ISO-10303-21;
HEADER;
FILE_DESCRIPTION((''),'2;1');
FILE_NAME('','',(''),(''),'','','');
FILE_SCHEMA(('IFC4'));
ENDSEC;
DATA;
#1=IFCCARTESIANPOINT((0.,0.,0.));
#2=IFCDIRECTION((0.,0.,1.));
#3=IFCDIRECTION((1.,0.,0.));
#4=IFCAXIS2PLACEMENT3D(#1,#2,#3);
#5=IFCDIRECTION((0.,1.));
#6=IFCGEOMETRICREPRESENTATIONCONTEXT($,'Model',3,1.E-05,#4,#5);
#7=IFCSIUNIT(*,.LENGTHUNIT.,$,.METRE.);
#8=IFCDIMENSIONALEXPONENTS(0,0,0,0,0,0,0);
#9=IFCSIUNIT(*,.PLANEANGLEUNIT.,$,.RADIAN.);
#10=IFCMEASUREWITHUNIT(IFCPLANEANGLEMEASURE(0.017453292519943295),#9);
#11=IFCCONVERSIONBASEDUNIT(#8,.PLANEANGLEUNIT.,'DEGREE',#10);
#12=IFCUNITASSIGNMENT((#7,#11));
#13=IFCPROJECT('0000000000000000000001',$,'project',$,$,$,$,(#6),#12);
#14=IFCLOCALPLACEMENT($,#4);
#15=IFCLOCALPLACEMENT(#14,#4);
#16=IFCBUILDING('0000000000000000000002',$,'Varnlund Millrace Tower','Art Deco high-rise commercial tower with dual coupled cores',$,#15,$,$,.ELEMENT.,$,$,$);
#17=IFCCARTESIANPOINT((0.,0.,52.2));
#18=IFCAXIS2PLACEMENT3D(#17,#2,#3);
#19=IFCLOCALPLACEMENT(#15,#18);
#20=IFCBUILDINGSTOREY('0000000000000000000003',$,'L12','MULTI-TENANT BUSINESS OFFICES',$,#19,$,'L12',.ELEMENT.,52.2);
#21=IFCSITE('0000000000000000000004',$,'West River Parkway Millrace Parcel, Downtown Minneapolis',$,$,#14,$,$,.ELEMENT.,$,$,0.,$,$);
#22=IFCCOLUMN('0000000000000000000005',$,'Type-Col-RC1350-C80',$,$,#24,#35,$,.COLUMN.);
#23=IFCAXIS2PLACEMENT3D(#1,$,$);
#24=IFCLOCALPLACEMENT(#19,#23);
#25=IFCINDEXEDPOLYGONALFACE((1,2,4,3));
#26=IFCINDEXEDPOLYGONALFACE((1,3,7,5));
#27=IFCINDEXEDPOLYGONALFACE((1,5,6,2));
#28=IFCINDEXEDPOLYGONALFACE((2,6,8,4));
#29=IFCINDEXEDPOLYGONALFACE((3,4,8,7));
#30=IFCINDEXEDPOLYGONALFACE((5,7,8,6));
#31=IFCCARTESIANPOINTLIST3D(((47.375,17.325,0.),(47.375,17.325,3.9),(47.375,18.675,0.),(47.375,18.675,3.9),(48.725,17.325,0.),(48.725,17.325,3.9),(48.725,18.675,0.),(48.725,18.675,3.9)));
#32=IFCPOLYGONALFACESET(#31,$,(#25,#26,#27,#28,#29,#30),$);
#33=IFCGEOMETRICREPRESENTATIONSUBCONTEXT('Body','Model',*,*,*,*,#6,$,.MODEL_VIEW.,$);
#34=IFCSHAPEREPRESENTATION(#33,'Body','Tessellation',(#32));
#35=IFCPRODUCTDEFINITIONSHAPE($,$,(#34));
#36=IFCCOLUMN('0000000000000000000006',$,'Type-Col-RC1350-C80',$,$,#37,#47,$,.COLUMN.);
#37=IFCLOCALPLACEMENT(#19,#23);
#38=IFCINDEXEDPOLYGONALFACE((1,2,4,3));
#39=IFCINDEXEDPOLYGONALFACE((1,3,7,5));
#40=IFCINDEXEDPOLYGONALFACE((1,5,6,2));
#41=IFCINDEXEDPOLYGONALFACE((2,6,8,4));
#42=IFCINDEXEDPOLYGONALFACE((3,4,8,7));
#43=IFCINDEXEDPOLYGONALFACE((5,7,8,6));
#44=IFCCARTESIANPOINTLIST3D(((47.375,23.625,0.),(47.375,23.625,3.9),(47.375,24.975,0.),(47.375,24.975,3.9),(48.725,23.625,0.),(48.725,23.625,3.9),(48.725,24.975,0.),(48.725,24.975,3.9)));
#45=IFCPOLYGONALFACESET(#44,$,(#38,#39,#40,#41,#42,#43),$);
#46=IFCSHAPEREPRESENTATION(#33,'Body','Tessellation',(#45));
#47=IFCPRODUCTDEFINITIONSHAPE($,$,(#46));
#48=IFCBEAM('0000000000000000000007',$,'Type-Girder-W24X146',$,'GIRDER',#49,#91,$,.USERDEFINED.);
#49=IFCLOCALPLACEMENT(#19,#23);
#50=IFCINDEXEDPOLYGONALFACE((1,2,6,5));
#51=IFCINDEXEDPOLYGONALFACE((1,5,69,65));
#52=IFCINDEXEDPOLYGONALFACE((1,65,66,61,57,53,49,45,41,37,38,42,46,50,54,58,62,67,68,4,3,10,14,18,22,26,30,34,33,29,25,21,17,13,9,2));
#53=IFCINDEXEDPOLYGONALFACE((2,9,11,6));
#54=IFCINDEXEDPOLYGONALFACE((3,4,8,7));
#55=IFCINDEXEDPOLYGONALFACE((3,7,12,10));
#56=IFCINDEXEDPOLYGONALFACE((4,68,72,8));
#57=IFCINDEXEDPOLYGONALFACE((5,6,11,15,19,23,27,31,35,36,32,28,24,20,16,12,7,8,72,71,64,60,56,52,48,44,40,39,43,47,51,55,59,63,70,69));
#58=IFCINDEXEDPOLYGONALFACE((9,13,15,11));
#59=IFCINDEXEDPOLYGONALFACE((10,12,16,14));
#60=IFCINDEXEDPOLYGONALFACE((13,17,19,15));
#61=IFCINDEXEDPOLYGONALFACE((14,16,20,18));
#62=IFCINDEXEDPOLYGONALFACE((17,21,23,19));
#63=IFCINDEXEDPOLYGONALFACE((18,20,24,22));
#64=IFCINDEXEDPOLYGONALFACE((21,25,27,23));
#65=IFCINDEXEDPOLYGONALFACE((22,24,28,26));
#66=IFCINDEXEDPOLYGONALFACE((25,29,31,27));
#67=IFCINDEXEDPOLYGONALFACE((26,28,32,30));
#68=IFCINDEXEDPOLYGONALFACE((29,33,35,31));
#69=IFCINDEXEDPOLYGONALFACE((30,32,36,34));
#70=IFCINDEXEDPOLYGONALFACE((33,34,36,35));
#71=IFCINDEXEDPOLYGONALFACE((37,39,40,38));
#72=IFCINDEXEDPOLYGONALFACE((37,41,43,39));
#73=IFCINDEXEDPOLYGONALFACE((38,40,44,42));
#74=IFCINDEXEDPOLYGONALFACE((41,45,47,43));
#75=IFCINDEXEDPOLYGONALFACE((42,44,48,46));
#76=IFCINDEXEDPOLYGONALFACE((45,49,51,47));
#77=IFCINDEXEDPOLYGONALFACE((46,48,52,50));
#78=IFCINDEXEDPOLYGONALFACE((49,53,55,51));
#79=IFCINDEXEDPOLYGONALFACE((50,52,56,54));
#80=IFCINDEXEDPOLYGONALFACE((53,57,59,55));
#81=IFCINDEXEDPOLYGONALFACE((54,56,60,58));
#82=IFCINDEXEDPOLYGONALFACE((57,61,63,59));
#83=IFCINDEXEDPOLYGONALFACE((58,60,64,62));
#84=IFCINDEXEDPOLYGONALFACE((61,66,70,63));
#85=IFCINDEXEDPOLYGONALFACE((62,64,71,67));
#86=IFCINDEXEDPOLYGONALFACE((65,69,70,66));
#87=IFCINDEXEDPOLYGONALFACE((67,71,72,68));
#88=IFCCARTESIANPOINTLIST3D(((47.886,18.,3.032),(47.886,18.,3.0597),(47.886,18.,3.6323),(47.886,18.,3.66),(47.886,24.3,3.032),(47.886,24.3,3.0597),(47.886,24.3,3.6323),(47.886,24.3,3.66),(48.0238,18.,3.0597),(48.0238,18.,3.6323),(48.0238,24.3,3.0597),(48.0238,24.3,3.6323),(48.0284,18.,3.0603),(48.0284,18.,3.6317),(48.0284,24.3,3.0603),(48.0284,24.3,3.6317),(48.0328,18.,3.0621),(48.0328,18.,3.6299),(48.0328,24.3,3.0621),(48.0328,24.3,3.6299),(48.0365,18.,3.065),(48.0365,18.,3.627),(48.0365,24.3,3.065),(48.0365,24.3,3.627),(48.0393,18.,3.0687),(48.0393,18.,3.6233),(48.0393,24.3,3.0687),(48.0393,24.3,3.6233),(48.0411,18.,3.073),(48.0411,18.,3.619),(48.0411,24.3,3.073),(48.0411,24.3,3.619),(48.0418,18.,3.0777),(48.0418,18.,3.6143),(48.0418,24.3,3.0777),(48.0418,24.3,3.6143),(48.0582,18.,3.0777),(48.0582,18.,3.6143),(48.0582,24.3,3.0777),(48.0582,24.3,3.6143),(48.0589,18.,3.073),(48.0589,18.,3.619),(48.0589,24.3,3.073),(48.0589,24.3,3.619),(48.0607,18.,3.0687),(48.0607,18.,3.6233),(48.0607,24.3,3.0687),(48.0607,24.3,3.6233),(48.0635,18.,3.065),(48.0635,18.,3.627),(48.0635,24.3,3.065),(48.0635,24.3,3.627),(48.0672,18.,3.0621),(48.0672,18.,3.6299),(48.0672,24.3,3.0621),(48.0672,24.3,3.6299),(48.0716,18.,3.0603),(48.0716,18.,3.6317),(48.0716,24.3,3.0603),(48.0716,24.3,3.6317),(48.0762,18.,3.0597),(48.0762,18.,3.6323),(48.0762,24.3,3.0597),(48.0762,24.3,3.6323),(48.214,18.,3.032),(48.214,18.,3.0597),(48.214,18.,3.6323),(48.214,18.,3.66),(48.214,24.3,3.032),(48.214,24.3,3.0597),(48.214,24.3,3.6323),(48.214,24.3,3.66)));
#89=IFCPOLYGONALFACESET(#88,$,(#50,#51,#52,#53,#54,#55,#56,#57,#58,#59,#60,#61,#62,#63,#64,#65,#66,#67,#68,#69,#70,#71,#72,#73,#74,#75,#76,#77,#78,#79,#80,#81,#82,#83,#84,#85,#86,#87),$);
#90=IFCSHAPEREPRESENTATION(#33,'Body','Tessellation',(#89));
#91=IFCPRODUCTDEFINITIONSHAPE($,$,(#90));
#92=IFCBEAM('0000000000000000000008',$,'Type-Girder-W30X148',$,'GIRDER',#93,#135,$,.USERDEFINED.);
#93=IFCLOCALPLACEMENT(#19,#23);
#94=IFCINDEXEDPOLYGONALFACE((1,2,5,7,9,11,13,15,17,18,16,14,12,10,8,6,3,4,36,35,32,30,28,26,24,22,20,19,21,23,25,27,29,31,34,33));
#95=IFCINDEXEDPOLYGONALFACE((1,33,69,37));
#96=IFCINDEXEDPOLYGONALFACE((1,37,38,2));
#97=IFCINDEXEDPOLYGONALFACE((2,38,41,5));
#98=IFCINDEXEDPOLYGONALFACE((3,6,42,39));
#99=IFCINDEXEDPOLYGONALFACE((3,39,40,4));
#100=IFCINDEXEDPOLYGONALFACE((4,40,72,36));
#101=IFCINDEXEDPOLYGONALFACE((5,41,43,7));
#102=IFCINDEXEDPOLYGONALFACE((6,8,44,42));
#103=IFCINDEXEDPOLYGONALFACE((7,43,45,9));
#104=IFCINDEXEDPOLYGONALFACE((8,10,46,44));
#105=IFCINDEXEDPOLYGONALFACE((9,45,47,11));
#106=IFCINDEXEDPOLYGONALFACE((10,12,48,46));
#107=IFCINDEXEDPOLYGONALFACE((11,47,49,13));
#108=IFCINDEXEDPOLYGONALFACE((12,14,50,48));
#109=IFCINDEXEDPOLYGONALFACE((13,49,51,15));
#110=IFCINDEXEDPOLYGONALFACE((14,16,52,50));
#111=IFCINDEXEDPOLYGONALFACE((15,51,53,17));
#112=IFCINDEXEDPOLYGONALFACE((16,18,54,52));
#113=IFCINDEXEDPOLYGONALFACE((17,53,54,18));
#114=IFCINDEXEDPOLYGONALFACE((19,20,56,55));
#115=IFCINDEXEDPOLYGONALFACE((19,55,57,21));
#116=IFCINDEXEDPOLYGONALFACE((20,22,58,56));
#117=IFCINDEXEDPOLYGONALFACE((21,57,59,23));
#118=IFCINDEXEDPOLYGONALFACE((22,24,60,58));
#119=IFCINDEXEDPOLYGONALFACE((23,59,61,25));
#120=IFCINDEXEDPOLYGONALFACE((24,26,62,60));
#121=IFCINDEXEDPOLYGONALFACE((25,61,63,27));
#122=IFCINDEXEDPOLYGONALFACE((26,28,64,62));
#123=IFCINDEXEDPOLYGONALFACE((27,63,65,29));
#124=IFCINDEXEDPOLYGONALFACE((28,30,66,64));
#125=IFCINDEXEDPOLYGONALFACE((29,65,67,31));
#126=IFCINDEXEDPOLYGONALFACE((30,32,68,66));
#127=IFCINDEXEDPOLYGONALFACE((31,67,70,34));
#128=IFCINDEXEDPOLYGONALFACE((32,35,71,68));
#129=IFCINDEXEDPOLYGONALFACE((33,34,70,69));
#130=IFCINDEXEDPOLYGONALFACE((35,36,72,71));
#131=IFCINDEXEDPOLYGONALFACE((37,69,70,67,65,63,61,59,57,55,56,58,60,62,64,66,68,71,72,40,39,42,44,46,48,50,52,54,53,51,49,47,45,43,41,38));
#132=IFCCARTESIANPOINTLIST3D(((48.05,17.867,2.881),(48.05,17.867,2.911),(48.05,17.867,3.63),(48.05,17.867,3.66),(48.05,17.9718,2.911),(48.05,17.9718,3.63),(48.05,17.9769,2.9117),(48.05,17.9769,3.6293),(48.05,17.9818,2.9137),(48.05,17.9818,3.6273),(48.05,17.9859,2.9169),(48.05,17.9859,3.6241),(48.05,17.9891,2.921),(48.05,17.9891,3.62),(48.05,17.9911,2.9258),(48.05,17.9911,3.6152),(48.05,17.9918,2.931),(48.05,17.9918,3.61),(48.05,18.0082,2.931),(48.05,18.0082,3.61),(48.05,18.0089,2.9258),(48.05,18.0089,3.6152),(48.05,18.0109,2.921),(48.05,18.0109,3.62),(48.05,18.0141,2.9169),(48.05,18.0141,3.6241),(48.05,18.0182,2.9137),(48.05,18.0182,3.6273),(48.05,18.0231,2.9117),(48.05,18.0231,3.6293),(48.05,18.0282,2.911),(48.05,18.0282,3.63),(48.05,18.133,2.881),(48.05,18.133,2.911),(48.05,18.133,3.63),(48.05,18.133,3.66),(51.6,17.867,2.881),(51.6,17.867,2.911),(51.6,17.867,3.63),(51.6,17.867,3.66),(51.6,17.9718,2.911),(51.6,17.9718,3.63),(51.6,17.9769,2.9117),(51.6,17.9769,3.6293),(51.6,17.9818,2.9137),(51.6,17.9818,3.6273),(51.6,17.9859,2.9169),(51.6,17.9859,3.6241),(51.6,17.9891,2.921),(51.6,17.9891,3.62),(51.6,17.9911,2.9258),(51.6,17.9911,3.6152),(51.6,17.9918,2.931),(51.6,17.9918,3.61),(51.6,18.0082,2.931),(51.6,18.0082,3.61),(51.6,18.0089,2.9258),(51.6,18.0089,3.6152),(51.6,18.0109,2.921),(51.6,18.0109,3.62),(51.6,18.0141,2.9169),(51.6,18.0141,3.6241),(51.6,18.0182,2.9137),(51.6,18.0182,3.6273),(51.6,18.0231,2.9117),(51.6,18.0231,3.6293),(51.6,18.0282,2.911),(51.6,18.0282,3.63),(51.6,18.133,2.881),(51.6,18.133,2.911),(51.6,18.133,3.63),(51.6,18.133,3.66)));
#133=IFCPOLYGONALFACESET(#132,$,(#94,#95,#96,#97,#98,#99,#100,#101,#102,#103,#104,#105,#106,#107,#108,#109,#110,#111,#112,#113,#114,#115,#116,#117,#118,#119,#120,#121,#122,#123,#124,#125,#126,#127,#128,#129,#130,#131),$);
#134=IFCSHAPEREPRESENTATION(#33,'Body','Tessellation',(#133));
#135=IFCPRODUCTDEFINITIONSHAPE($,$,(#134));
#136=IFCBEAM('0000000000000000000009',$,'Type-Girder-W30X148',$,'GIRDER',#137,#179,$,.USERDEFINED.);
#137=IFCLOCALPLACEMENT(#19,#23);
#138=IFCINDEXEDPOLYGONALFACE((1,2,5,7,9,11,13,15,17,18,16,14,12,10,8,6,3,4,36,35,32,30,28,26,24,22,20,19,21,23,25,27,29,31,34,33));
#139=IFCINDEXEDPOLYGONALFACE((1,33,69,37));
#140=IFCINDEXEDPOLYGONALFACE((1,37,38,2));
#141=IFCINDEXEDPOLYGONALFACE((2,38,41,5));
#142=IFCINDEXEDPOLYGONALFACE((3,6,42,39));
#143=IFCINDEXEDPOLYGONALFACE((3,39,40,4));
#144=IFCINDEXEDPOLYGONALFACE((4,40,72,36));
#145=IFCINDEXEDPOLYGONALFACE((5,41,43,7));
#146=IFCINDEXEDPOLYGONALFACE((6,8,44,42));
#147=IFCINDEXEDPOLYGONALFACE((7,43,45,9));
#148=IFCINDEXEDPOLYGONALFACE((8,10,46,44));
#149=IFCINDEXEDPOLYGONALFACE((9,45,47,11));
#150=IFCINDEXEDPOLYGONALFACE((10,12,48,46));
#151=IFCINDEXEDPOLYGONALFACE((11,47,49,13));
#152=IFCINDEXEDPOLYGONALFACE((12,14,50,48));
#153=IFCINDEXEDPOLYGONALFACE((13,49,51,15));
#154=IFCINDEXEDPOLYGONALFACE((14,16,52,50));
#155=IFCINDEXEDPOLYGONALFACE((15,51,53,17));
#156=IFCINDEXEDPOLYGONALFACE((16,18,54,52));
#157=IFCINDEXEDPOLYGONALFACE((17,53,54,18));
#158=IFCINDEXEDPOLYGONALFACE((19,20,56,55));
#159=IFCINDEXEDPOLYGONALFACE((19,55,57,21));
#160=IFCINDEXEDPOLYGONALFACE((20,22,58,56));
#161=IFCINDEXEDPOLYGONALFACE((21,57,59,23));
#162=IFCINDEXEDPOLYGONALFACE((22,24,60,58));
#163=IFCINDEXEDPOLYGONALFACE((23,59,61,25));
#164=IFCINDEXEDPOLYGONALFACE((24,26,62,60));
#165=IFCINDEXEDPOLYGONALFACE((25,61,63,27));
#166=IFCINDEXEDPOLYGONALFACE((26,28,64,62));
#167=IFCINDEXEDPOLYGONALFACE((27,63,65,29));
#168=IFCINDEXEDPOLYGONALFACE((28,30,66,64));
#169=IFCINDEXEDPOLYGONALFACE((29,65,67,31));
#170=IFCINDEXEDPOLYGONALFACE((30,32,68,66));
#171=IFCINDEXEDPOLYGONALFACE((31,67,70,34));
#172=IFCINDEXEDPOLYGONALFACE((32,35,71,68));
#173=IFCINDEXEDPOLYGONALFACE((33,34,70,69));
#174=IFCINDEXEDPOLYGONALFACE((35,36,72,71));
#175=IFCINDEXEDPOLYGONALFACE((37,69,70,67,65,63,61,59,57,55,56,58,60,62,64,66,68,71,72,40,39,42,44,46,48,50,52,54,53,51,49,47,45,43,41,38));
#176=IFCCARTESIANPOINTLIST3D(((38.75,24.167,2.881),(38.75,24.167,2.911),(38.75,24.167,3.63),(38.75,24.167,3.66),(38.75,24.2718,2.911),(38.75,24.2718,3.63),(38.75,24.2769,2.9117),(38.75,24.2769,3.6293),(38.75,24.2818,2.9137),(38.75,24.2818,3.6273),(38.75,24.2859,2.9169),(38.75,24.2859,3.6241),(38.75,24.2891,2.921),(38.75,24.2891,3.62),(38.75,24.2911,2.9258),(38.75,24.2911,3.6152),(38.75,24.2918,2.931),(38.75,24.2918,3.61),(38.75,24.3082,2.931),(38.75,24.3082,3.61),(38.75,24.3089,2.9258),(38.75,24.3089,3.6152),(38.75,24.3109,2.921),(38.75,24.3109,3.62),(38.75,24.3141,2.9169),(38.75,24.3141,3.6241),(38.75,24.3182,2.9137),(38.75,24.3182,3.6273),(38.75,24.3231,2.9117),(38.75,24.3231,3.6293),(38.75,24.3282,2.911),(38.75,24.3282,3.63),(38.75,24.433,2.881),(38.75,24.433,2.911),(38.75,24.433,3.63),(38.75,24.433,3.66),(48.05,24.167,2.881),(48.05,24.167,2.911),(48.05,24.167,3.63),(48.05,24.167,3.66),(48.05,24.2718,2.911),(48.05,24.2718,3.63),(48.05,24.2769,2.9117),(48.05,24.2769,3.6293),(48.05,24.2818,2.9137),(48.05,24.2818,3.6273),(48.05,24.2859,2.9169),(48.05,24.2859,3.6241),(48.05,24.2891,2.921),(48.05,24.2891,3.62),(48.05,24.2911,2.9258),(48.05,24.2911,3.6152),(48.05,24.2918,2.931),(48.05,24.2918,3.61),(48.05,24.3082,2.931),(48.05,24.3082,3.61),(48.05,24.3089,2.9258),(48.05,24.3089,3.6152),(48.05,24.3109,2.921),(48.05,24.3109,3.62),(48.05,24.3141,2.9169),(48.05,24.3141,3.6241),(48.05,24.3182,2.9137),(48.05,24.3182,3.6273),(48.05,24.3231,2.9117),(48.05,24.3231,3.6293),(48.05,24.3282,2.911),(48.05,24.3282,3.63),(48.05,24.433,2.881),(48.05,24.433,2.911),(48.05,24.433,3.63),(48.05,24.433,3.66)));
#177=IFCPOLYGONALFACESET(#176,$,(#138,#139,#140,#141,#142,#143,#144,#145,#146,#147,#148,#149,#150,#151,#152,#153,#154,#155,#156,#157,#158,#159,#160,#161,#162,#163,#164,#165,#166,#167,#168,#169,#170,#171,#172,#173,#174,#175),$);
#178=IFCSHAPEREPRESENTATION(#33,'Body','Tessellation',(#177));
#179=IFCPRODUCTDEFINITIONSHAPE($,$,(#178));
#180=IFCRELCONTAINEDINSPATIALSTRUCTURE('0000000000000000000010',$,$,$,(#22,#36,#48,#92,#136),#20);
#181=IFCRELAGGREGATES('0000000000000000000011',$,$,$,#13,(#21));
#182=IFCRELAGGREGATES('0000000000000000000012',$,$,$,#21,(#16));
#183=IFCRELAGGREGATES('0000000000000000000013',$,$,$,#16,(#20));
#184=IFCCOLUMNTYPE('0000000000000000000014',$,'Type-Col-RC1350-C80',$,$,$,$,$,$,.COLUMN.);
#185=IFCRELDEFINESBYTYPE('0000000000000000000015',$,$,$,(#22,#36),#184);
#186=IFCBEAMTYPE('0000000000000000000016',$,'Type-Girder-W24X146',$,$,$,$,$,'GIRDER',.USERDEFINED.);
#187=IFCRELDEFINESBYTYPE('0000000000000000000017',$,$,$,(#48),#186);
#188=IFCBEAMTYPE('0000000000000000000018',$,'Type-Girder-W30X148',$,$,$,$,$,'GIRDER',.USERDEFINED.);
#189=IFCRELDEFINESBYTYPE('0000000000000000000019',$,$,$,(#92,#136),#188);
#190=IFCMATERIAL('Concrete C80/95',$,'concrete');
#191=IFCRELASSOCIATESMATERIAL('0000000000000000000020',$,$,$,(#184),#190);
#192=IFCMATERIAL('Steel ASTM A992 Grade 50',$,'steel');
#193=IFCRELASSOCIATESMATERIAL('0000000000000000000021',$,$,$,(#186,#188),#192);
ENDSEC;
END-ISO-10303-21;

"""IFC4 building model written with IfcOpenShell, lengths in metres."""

from ifc_helpers import new_model, entity, si_unit, converted_unit, direction, frame, origin_with_axes, origin_2d_with_axis, place, context, subcontext, project, spatial, rectangle, i_section, extrude, material, material_profile, profile_set, type_object, element, save


model = new_model("IFC4")

# Units and contexts
model_context = context("Model", 3, precision=1e-05, world=origin_with_axes(), true_north=direction((0.0, 1.0)))
body_context = subcontext(model_context, "Body", "Model", "MODEL_VIEW")
ifc_project = project(units=[si_unit("LENGTHUNIT", "METRE"), converted_unit("PLANEANGLEUNIT", "DEGREE", entity("IfcPlaneAngleMeasure", 0.017453292519943295), si_unit("PLANEANGLEUNIT", "RADIAN"), dimensions=[0, 0, 0, 0, 0, 0, 0])], contexts=[model_context])

# Site, building, storey
site_placement = place(None, origin_with_axes())
site = spatial("IfcSite", under=ifc_project, at=site_placement, Name="West River Parkway Millrace Parcel, Downtown Minneapolis", CompositionType="ELEMENT", RefElevation=0.0)
building_placement = place(site_placement, origin_with_axes())
building = spatial("IfcBuilding", under=site, at=building_placement, Name="Varnlund Millrace Tower", Description="Art Deco high-rise commercial tower with dual coupled cores", CompositionType="ELEMENT")
storey_placement = place(building_placement, frame((0.0, 0.0, 52.2), z_axis=(0.0, 0.0, 1.0), x_axis=(1.0, 0.0, 0.0)))
storey = spatial("IfcBuildingStorey", under=building, at=storey_placement, Name="L12", Description="MULTI-TENANT BUSINESS OFFICES", LongName="L12", CompositionType="ELEMENT", Elevation=52.2)

# Columns
ifc_material_1 = material(Name="Concrete C80/95", Category="concrete")
ifc_material_profile_1 = material_profile(ifc_material_1, rectangle(XDim=1.35, YDim=1.35, at=origin_2d_with_axis()), Name="Concrete C80/95")
ifc_profile_set_1 = profile_set([ifc_material_profile_1], Name="Concrete C80/95")
column_type = type_object("IfcColumnType", Name="Type-Col-RC1350-C80", PredefinedType="COLUMN", material=ifc_profile_set_1)
for number, where, z_axis, x_axis, name in (
    (1, (48.05, 18.0, 0.0), (0.0, 0.0, 1.0), (1.0, 0.0, 0.0), "Type-Col-RC1350-C80"),
    (2, (48.05, 24.3, 0.0), (0.0, 0.0, 1.0), (1.0, 0.0, 0.0), "Type-Col-RC1350-C80"),
):
    element("IfcColumn", number, at=place(storey_placement, frame(where, z_axis=z_axis, x_axis=x_axis)), inside=storey, type_object=column_type, Name=name, PredefinedType="COLUMN", context=body_context, shape_type="SweptSolid", body=[
        extrude(rectangle(XDim=1.35, YDim=1.35, at=origin_2d_with_axis()), origin_with_axes(), (0.0, 0.0, 1.0), 3.9),
    ])

# Beams
ifc_material_2 = material(Name="Steel ASTM A992 Grade 50", Category="steel")
ifc_material_profile_2 = material_profile(ifc_material_2, i_section(OverallWidth=0.328, OverallDepth=0.628, WebThickness=0.0165, FlangeThickness=0.0277, FilletRadius=0.018, at=origin_2d_with_axis()), Name="Steel ASTM A992 Grade 50")
ifc_profile_set_2 = profile_set([ifc_material_profile_2], Name="Steel ASTM A992 Grade 50")
beam_type_1 = type_object("IfcBeamType", Name="Type-Girder-W24X146", ElementType="GIRDER", PredefinedType="USERDEFINED", material=ifc_profile_set_2)
beam_1_placement = place(storey_placement, frame((48.05, 18.0, 3.346), z_axis=(0.0, 1.0, 0.0), x_axis=(-1.0, 0.0, 0.0)))
element("IfcBeam", 3, at=beam_1_placement, inside=storey, type_object=beam_type_1, Name="Type-Girder-W24X146", ObjectType="GIRDER", PredefinedType="USERDEFINED", context=body_context, shape_type="SweptSolid", body=[
    extrude(i_section(OverallWidth=0.328, OverallDepth=0.628, WebThickness=0.0165, FlangeThickness=0.0277, FilletRadius=0.018, at=origin_2d_with_axis()), origin_with_axes(), (0.0, 0.0, 1.0), 6.3),
])
ifc_material_profile_3 = material_profile(ifc_material_2, i_section(OverallWidth=0.266, OverallDepth=0.779, WebThickness=0.0165, FlangeThickness=0.03, FilletRadius=0.02, at=origin_2d_with_axis()), Name="Steel ASTM A992 Grade 50")
ifc_profile_set_3 = profile_set([ifc_material_profile_3], Name="Steel ASTM A992 Grade 50")
beam_type_2 = type_object("IfcBeamType", Name="Type-Girder-W30X148", ElementType="GIRDER", PredefinedType="USERDEFINED", material=ifc_profile_set_3)
beam_2_placement = place(storey_placement, frame((48.05, 18.0, 3.2705), z_axis=(1.0, 0.0, 0.0), x_axis=(0.0, 1.0, 0.0)))
element("IfcBeam", 4, at=beam_2_placement, inside=storey, type_object=beam_type_2, Name="Type-Girder-W30X148", ObjectType="GIRDER", PredefinedType="USERDEFINED", context=body_context, shape_type="SweptSolid", body=[
    extrude(i_section(OverallWidth=0.266, OverallDepth=0.779, WebThickness=0.0165, FlangeThickness=0.03, FilletRadius=0.02, at=origin_2d_with_axis()), origin_with_axes(), (0.0, 0.0, 1.0), 3.55),
])
beam_3_placement = place(storey_placement, frame((38.75, 24.3, 3.2705), z_axis=(1.0, 0.0, 0.0), x_axis=(0.0, 1.0, 0.0)))
element("IfcBeam", 5, at=beam_3_placement, inside=storey, type_object=beam_type_2, Name="Type-Girder-W30X148", ObjectType="GIRDER", PredefinedType="USERDEFINED", context=body_context, shape_type="SweptSolid", body=[
    extrude(i_section(OverallWidth=0.266, OverallDepth=0.779, WebThickness=0.0165, FlangeThickness=0.03, FilletRadius=0.02, at=origin_2d_with_axis()), origin_with_axes(), (0.0, 0.0, 1.0), 9.3),
])

save(model, "model.ifc")
